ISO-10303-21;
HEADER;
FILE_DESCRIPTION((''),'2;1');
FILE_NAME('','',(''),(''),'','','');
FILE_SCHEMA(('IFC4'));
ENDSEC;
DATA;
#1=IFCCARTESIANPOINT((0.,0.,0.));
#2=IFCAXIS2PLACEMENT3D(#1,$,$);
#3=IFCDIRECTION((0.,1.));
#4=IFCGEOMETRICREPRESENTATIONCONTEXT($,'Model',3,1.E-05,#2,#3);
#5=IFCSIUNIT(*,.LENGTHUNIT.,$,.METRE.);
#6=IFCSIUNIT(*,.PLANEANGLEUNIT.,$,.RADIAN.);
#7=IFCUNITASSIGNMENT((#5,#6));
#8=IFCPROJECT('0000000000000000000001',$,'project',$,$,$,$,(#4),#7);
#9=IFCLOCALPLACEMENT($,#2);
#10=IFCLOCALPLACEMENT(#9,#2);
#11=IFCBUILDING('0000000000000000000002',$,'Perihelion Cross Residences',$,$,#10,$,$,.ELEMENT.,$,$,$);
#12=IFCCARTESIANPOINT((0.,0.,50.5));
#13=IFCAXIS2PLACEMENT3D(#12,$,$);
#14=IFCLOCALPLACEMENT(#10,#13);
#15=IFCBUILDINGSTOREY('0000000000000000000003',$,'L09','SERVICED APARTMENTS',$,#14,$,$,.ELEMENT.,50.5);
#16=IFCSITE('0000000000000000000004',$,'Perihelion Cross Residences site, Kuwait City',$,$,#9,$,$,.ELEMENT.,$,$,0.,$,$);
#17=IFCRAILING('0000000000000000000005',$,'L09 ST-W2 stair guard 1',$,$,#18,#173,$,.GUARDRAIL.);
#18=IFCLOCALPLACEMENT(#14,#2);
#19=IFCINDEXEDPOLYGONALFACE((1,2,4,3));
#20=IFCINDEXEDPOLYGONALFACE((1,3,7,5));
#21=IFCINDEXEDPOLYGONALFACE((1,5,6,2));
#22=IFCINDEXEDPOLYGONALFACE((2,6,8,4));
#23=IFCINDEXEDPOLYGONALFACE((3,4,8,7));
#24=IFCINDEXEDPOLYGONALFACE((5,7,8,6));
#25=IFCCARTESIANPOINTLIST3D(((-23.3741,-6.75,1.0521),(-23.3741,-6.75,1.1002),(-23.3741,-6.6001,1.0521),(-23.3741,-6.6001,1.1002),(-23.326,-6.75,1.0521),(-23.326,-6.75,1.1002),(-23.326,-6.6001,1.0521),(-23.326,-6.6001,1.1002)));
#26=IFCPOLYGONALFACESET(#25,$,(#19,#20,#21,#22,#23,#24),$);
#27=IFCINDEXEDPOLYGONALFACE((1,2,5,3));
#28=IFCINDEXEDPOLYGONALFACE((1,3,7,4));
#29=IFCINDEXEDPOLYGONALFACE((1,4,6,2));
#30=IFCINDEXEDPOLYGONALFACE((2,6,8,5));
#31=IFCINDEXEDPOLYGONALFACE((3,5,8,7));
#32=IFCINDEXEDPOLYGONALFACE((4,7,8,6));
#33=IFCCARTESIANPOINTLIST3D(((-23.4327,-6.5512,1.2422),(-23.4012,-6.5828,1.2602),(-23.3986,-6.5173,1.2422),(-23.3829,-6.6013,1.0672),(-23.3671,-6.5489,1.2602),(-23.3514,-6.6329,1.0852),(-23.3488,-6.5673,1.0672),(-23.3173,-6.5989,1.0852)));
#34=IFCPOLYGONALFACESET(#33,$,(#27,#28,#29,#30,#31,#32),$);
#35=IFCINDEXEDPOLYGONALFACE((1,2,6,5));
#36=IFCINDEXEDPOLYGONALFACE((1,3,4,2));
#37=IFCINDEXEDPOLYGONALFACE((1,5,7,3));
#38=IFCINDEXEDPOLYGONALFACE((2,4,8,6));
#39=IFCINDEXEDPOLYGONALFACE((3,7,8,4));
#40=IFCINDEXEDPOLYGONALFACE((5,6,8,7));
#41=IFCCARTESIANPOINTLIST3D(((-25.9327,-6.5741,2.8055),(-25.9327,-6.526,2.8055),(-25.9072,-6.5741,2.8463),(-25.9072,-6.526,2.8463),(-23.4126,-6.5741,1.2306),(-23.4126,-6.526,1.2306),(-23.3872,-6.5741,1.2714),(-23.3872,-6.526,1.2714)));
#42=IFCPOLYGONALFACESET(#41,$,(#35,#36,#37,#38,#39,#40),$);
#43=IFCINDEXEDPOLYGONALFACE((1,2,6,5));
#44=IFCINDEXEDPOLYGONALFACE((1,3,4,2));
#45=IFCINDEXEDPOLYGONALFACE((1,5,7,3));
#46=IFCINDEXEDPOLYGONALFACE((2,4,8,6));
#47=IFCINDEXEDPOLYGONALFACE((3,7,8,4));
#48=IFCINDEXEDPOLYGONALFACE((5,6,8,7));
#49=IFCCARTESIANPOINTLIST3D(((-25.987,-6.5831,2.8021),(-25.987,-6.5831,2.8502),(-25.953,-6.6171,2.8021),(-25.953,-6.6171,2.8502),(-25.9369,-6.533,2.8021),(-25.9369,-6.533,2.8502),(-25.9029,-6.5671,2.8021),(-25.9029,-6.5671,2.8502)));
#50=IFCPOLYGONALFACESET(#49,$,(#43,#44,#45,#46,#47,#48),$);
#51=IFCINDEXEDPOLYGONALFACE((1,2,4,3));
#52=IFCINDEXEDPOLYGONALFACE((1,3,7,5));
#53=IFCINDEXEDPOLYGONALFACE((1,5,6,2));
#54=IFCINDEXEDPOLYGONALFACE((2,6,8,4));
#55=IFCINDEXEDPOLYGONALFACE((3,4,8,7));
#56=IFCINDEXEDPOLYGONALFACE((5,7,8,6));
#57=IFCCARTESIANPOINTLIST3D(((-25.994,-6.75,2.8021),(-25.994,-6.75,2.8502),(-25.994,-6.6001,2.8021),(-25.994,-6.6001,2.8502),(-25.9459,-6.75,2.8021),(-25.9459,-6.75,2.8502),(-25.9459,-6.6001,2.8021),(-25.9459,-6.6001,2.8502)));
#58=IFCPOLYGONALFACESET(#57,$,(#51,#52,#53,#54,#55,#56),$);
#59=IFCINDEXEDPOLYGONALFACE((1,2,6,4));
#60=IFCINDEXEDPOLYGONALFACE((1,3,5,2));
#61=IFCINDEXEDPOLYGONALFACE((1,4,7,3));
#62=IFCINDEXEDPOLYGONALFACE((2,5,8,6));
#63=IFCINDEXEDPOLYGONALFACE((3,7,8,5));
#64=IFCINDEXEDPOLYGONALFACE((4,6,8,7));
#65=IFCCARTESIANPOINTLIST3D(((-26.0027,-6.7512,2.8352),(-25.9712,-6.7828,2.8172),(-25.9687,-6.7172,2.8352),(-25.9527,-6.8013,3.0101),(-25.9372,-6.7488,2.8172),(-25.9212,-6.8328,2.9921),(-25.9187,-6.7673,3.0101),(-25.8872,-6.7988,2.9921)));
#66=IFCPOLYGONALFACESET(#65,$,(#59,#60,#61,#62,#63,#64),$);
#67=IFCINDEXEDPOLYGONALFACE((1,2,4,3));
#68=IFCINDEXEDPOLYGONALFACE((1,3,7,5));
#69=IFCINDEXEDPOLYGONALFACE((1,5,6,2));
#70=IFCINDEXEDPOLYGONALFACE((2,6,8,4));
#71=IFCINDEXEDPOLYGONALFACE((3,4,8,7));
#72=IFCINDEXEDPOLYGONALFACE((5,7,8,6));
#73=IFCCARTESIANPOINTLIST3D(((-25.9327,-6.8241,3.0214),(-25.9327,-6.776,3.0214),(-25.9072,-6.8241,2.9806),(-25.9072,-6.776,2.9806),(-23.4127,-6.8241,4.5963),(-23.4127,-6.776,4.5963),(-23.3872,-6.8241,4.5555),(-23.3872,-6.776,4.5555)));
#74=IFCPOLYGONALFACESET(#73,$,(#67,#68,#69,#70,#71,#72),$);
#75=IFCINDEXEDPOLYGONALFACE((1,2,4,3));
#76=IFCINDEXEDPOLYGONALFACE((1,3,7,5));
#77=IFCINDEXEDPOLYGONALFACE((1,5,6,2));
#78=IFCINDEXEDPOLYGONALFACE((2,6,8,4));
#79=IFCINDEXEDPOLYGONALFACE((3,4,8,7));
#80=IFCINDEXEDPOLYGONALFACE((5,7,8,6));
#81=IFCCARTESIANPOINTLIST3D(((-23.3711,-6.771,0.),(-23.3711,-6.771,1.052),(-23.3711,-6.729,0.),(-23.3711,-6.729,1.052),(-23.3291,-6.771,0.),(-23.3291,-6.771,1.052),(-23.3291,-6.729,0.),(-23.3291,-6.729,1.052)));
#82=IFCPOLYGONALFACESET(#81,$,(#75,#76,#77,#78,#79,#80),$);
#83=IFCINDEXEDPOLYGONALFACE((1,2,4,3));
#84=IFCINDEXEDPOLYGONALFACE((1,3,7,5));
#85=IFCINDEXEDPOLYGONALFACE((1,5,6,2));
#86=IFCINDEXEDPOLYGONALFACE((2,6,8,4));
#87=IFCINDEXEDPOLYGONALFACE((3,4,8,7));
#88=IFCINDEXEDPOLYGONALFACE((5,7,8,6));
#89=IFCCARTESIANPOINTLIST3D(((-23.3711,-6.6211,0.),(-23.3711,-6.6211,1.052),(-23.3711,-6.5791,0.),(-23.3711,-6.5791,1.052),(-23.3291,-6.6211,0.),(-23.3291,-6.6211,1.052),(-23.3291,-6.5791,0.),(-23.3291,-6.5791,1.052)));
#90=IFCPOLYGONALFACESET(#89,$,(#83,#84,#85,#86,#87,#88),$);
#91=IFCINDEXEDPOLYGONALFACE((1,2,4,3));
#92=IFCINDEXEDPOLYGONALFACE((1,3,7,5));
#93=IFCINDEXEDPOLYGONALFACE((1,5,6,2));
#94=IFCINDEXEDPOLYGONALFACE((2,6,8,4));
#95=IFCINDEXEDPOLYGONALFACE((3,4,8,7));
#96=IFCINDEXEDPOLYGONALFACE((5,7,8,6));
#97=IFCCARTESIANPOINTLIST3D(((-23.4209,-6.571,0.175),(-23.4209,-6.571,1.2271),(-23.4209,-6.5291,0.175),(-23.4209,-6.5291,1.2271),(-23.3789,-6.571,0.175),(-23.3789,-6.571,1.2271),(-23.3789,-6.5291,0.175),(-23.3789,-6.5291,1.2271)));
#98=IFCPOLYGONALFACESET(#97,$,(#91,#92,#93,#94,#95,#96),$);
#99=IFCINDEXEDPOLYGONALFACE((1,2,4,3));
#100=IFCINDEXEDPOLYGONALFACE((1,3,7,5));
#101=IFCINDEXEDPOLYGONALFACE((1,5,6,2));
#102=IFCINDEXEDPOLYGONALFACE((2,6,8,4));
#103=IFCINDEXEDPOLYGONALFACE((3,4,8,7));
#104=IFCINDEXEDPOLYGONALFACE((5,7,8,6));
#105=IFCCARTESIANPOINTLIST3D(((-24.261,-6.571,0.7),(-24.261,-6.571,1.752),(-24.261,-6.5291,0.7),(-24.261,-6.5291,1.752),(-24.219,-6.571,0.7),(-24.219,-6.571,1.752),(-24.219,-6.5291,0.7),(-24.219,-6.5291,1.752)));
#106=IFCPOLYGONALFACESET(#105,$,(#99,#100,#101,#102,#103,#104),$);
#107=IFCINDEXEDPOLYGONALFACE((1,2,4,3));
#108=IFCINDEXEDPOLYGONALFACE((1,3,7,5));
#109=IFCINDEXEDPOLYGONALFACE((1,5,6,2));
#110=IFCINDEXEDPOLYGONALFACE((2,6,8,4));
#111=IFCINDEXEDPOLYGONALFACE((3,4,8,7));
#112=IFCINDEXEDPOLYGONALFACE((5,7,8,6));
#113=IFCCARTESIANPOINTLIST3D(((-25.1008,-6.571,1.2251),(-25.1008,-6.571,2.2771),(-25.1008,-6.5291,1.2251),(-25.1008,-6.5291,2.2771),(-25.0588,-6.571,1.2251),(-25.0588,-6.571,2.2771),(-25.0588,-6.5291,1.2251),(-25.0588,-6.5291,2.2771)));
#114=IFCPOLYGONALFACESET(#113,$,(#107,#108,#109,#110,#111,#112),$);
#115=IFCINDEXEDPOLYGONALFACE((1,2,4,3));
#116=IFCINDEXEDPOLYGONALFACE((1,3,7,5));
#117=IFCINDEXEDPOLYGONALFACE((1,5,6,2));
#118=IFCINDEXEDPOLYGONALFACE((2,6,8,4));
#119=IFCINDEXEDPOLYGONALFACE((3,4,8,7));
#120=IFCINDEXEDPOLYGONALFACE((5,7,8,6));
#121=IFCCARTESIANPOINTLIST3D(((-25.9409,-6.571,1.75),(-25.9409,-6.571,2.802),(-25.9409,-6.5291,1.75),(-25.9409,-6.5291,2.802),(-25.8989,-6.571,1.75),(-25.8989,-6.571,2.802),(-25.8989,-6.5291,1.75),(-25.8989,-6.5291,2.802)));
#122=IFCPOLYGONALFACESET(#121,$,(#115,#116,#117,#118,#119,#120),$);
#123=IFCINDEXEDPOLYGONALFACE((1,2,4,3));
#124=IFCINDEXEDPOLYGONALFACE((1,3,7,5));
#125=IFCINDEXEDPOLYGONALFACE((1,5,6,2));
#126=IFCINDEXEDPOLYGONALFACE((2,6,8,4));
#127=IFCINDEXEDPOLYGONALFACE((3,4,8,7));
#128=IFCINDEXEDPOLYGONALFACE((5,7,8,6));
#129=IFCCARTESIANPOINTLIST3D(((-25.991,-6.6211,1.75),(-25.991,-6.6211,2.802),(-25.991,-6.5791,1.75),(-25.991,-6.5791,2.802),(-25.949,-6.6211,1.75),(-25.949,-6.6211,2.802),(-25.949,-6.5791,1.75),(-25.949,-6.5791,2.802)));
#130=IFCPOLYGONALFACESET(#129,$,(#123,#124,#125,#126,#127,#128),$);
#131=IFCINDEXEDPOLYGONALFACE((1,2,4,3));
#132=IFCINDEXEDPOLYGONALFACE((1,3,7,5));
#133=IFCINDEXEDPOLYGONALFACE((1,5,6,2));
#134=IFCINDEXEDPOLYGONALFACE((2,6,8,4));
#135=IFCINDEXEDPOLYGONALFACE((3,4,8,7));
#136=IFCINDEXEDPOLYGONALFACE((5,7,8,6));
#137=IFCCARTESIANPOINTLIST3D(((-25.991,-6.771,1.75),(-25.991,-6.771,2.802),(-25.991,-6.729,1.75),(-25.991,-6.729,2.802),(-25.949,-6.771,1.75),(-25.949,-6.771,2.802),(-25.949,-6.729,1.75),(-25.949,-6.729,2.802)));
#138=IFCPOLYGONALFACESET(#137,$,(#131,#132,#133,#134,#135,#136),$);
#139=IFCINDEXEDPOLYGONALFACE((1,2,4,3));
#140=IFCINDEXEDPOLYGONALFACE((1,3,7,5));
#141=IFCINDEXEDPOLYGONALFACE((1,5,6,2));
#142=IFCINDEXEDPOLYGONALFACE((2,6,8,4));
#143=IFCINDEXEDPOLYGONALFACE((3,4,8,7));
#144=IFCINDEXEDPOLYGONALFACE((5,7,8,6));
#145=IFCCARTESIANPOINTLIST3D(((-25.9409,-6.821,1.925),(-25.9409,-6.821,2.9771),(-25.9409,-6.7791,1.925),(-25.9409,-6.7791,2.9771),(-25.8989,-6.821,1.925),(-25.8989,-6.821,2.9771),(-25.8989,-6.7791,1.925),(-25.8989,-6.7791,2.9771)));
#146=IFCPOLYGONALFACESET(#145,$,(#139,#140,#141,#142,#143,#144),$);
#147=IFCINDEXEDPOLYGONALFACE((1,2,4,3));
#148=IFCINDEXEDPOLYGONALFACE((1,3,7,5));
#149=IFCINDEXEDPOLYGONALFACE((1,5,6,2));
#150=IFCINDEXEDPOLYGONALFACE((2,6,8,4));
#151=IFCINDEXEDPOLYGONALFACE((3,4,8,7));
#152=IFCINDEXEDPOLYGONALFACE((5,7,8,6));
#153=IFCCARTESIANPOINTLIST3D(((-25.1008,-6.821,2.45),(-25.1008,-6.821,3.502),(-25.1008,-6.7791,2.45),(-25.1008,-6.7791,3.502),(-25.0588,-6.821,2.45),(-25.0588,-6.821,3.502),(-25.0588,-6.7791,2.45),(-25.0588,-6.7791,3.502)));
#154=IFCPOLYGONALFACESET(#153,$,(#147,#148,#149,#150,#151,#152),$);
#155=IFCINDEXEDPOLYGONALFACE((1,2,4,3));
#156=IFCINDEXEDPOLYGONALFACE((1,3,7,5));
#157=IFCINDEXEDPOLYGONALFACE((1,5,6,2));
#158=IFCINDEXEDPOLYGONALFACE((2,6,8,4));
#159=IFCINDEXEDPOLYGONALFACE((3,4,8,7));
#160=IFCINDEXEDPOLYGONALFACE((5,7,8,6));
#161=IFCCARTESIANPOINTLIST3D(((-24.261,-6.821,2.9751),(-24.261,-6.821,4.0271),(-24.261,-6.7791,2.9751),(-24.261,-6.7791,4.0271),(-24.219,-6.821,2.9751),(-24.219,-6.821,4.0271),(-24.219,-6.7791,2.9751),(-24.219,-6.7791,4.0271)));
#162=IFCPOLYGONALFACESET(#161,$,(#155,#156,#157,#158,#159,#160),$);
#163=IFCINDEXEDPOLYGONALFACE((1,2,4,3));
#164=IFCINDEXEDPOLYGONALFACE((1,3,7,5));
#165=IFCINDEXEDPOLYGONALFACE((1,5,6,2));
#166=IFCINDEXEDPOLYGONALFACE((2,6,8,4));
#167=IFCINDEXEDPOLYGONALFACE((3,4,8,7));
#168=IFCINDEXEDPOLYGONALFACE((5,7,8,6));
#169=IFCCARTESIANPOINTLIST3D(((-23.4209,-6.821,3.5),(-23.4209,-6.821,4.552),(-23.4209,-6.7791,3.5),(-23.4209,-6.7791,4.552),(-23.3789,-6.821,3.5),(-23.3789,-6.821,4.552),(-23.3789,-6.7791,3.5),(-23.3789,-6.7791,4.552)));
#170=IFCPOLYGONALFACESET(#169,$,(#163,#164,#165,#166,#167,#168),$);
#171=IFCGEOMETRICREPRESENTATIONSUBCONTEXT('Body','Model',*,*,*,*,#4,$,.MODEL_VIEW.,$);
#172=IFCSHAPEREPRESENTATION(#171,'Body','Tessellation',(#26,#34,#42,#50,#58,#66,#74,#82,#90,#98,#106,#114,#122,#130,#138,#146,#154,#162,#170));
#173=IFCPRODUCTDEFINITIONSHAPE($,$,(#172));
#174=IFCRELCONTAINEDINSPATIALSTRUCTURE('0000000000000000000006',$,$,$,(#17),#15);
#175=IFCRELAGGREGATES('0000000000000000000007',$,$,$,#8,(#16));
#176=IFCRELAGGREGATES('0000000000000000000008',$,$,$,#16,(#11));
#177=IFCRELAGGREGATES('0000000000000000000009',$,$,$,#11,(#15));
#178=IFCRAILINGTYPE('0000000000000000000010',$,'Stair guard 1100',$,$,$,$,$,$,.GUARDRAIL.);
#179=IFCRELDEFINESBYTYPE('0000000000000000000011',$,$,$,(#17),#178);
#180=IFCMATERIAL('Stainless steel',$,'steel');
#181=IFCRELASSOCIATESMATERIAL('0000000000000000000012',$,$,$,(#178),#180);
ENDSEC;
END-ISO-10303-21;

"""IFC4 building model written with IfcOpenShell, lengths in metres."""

from ifc_helpers import new_model, si_unit, direction, frame, origin, origin_2d, place, context, subcontext, project, spatial, rectangle, extrude, material, type_object, element, save


model = new_model("IFC4")

# Units and contexts
model_context = context("Model", 3, precision=1e-05, world=origin(), true_north=direction((0.0, 1.0)))
body_context = subcontext(model_context, "Body", "Model", "MODEL_VIEW")
ifc_project = project(units=[si_unit("LENGTHUNIT", "METRE"), si_unit("PLANEANGLEUNIT", "RADIAN")], contexts=[model_context])

# Site, building, storey
site_placement = place(None, origin())
site = spatial("IfcSite", under=ifc_project, at=site_placement, Name="Perihelion Cross Residences site, Kuwait City", CompositionType="ELEMENT", RefElevation=0.0)
building_placement = place(site_placement, origin())
building = spatial("IfcBuilding", under=site, at=building_placement, Name="Perihelion Cross Residences", CompositionType="ELEMENT")
storey_placement = place(building_placement, frame((0.0, 0.0, 50.5)))
storey = spatial("IfcBuildingStorey", under=building, at=storey_placement, Name="L09", Description="SERVICED APARTMENTS", CompositionType="ELEMENT", Elevation=50.5)

# Railing
ifc_material_1 = material(Name="Stainless steel", Category="steel")
railing_type_1 = type_object("IfcRailingType", Name="Stair guard 1100", PredefinedType="GUARDRAIL", material=ifc_material_1)
railing_1_placement = place(storey_placement, frame((-23.3501, -6.75, 0.0)))
element("IfcRailing", 1, at=railing_1_placement, inside=storey, type_object=railing_type_1, Name="L09 ST-W2 stair guard 1", PredefinedType="GUARDRAIL", context=body_context, shape_type="SweptSolid", body=[
    extrude(rectangle(XDim=0.0481, YDim=0.0481, at=origin_2d()), frame((0.0, 0.0, 1.0762), z_axis=(0.0, 1.0, 0.0), x_axis=(-1.0, 0.0, 0.0)), (0.0, 0.0, 1.0), 0.1499),
    extrude(rectangle(XDim=0.0481, YDim=0.0481, at=origin_2d()), frame((0.0, 0.1499, 1.0762), z_axis=(-0.263862, 0.265156, 0.927399), x_axis=(-0.708834, -0.705376, 0.0)), (0.0, 0.0, 1.0), 0.1887),
    extrude(rectangle(XDim=0.0481, YDim=0.0481, at=origin_2d()), frame((-0.0498, 0.2, 1.251), z_axis=(-0.848008, 0.0, 0.529984), x_axis=(0.0, -1.0, 0.0)), (0.0, 0.0, 1.0), 2.9717),
    extrude(rectangle(XDim=0.0481, YDim=0.0481, at=origin_2d()), frame((-2.5698, 0.2, 2.8262), z_axis=(-0.707107, -0.707107, 0.0), x_axis=(0.707107, -0.707107, 0.0)), (0.0, 0.0, 1.0), 0.0708),
    extrude(rectangle(XDim=0.0481, YDim=0.0481, at=origin_2d()), frame((-2.6199, 0.1499, 2.8262), z_axis=(0.0, -1.0, 0.0), x_axis=(1.0, 0.0, 0.0)), (0.0, 0.0, 1.0), 0.1499),
    extrude(rectangle(XDim=0.0481, YDim=0.0481, at=origin_2d()), frame((-2.6199, 0.0, 2.8262), z_axis=(0.265065, -0.265065, 0.927082), x_axis=(0.707107, 0.707107, 0.0)), (0.0, 0.0, 1.0), 0.1887),
    extrude(rectangle(XDim=0.0481, YDim=0.0481, at=origin_2d()), frame((-2.5698, -0.05, 3.001), z_axis=(0.848008, 0.0, 0.529984), x_axis=(0.0, 1.0, 0.0)), (0.0, 0.0, 1.0), 2.9717),
    extrude(rectangle(XDim=0.042, YDim=0.042, at=origin_2d()), origin(), (0.0, 0.0, 1.0), 1.052),
    extrude(rectangle(XDim=0.042, YDim=0.042, at=origin_2d()), frame((0.0, 0.1499, 0.0)), (0.0, 0.0, 1.0), 1.052),
    extrude(rectangle(XDim=0.042, YDim=0.042, at=origin_2d()), frame((-0.0498, 0.2, 0.175)), (0.0, 0.0, 1.0), 1.052),
    extrude(rectangle(XDim=0.042, YDim=0.042, at=origin_2d()), frame((-0.8899, 0.2, 0.7)), (0.0, 0.0, 1.0), 1.052),
    extrude(rectangle(XDim=0.042, YDim=0.042, at=origin_2d()), frame((-1.7297, 0.2, 1.2251)), (0.0, 0.0, 1.0), 1.052),
    extrude(rectangle(XDim=0.042, YDim=0.042, at=origin_2d()), frame((-2.5698, 0.2, 1.75)), (0.0, 0.0, 1.0), 1.052),
    extrude(rectangle(XDim=0.042, YDim=0.042, at=origin_2d()), frame((-2.6199, 0.1499, 1.75)), (0.0, 0.0, 1.0), 1.052),
    extrude(rectangle(XDim=0.042, YDim=0.042, at=origin_2d()), frame((-2.6199, 0.0, 1.75)), (0.0, 0.0, 1.0), 1.052),
    extrude(rectangle(XDim=0.042, YDim=0.042, at=origin_2d()), frame((-2.5698, -0.05, 1.925)), (0.0, 0.0, 1.0), 1.052),
    extrude(rectangle(XDim=0.042, YDim=0.042, at=origin_2d()), frame((-1.7297, -0.05, 2.45)), (0.0, 0.0, 1.0), 1.052),
    extrude(rectangle(XDim=0.042, YDim=0.042, at=origin_2d()), frame((-0.8899, -0.05, 2.9751)), (0.0, 0.0, 1.0), 1.052),
    extrude(rectangle(XDim=0.042, YDim=0.042, at=origin_2d()), frame((-0.0498, -0.05, 3.5)), (0.0, 0.0, 1.0), 1.052),
])

save(model, "model.ifc")
